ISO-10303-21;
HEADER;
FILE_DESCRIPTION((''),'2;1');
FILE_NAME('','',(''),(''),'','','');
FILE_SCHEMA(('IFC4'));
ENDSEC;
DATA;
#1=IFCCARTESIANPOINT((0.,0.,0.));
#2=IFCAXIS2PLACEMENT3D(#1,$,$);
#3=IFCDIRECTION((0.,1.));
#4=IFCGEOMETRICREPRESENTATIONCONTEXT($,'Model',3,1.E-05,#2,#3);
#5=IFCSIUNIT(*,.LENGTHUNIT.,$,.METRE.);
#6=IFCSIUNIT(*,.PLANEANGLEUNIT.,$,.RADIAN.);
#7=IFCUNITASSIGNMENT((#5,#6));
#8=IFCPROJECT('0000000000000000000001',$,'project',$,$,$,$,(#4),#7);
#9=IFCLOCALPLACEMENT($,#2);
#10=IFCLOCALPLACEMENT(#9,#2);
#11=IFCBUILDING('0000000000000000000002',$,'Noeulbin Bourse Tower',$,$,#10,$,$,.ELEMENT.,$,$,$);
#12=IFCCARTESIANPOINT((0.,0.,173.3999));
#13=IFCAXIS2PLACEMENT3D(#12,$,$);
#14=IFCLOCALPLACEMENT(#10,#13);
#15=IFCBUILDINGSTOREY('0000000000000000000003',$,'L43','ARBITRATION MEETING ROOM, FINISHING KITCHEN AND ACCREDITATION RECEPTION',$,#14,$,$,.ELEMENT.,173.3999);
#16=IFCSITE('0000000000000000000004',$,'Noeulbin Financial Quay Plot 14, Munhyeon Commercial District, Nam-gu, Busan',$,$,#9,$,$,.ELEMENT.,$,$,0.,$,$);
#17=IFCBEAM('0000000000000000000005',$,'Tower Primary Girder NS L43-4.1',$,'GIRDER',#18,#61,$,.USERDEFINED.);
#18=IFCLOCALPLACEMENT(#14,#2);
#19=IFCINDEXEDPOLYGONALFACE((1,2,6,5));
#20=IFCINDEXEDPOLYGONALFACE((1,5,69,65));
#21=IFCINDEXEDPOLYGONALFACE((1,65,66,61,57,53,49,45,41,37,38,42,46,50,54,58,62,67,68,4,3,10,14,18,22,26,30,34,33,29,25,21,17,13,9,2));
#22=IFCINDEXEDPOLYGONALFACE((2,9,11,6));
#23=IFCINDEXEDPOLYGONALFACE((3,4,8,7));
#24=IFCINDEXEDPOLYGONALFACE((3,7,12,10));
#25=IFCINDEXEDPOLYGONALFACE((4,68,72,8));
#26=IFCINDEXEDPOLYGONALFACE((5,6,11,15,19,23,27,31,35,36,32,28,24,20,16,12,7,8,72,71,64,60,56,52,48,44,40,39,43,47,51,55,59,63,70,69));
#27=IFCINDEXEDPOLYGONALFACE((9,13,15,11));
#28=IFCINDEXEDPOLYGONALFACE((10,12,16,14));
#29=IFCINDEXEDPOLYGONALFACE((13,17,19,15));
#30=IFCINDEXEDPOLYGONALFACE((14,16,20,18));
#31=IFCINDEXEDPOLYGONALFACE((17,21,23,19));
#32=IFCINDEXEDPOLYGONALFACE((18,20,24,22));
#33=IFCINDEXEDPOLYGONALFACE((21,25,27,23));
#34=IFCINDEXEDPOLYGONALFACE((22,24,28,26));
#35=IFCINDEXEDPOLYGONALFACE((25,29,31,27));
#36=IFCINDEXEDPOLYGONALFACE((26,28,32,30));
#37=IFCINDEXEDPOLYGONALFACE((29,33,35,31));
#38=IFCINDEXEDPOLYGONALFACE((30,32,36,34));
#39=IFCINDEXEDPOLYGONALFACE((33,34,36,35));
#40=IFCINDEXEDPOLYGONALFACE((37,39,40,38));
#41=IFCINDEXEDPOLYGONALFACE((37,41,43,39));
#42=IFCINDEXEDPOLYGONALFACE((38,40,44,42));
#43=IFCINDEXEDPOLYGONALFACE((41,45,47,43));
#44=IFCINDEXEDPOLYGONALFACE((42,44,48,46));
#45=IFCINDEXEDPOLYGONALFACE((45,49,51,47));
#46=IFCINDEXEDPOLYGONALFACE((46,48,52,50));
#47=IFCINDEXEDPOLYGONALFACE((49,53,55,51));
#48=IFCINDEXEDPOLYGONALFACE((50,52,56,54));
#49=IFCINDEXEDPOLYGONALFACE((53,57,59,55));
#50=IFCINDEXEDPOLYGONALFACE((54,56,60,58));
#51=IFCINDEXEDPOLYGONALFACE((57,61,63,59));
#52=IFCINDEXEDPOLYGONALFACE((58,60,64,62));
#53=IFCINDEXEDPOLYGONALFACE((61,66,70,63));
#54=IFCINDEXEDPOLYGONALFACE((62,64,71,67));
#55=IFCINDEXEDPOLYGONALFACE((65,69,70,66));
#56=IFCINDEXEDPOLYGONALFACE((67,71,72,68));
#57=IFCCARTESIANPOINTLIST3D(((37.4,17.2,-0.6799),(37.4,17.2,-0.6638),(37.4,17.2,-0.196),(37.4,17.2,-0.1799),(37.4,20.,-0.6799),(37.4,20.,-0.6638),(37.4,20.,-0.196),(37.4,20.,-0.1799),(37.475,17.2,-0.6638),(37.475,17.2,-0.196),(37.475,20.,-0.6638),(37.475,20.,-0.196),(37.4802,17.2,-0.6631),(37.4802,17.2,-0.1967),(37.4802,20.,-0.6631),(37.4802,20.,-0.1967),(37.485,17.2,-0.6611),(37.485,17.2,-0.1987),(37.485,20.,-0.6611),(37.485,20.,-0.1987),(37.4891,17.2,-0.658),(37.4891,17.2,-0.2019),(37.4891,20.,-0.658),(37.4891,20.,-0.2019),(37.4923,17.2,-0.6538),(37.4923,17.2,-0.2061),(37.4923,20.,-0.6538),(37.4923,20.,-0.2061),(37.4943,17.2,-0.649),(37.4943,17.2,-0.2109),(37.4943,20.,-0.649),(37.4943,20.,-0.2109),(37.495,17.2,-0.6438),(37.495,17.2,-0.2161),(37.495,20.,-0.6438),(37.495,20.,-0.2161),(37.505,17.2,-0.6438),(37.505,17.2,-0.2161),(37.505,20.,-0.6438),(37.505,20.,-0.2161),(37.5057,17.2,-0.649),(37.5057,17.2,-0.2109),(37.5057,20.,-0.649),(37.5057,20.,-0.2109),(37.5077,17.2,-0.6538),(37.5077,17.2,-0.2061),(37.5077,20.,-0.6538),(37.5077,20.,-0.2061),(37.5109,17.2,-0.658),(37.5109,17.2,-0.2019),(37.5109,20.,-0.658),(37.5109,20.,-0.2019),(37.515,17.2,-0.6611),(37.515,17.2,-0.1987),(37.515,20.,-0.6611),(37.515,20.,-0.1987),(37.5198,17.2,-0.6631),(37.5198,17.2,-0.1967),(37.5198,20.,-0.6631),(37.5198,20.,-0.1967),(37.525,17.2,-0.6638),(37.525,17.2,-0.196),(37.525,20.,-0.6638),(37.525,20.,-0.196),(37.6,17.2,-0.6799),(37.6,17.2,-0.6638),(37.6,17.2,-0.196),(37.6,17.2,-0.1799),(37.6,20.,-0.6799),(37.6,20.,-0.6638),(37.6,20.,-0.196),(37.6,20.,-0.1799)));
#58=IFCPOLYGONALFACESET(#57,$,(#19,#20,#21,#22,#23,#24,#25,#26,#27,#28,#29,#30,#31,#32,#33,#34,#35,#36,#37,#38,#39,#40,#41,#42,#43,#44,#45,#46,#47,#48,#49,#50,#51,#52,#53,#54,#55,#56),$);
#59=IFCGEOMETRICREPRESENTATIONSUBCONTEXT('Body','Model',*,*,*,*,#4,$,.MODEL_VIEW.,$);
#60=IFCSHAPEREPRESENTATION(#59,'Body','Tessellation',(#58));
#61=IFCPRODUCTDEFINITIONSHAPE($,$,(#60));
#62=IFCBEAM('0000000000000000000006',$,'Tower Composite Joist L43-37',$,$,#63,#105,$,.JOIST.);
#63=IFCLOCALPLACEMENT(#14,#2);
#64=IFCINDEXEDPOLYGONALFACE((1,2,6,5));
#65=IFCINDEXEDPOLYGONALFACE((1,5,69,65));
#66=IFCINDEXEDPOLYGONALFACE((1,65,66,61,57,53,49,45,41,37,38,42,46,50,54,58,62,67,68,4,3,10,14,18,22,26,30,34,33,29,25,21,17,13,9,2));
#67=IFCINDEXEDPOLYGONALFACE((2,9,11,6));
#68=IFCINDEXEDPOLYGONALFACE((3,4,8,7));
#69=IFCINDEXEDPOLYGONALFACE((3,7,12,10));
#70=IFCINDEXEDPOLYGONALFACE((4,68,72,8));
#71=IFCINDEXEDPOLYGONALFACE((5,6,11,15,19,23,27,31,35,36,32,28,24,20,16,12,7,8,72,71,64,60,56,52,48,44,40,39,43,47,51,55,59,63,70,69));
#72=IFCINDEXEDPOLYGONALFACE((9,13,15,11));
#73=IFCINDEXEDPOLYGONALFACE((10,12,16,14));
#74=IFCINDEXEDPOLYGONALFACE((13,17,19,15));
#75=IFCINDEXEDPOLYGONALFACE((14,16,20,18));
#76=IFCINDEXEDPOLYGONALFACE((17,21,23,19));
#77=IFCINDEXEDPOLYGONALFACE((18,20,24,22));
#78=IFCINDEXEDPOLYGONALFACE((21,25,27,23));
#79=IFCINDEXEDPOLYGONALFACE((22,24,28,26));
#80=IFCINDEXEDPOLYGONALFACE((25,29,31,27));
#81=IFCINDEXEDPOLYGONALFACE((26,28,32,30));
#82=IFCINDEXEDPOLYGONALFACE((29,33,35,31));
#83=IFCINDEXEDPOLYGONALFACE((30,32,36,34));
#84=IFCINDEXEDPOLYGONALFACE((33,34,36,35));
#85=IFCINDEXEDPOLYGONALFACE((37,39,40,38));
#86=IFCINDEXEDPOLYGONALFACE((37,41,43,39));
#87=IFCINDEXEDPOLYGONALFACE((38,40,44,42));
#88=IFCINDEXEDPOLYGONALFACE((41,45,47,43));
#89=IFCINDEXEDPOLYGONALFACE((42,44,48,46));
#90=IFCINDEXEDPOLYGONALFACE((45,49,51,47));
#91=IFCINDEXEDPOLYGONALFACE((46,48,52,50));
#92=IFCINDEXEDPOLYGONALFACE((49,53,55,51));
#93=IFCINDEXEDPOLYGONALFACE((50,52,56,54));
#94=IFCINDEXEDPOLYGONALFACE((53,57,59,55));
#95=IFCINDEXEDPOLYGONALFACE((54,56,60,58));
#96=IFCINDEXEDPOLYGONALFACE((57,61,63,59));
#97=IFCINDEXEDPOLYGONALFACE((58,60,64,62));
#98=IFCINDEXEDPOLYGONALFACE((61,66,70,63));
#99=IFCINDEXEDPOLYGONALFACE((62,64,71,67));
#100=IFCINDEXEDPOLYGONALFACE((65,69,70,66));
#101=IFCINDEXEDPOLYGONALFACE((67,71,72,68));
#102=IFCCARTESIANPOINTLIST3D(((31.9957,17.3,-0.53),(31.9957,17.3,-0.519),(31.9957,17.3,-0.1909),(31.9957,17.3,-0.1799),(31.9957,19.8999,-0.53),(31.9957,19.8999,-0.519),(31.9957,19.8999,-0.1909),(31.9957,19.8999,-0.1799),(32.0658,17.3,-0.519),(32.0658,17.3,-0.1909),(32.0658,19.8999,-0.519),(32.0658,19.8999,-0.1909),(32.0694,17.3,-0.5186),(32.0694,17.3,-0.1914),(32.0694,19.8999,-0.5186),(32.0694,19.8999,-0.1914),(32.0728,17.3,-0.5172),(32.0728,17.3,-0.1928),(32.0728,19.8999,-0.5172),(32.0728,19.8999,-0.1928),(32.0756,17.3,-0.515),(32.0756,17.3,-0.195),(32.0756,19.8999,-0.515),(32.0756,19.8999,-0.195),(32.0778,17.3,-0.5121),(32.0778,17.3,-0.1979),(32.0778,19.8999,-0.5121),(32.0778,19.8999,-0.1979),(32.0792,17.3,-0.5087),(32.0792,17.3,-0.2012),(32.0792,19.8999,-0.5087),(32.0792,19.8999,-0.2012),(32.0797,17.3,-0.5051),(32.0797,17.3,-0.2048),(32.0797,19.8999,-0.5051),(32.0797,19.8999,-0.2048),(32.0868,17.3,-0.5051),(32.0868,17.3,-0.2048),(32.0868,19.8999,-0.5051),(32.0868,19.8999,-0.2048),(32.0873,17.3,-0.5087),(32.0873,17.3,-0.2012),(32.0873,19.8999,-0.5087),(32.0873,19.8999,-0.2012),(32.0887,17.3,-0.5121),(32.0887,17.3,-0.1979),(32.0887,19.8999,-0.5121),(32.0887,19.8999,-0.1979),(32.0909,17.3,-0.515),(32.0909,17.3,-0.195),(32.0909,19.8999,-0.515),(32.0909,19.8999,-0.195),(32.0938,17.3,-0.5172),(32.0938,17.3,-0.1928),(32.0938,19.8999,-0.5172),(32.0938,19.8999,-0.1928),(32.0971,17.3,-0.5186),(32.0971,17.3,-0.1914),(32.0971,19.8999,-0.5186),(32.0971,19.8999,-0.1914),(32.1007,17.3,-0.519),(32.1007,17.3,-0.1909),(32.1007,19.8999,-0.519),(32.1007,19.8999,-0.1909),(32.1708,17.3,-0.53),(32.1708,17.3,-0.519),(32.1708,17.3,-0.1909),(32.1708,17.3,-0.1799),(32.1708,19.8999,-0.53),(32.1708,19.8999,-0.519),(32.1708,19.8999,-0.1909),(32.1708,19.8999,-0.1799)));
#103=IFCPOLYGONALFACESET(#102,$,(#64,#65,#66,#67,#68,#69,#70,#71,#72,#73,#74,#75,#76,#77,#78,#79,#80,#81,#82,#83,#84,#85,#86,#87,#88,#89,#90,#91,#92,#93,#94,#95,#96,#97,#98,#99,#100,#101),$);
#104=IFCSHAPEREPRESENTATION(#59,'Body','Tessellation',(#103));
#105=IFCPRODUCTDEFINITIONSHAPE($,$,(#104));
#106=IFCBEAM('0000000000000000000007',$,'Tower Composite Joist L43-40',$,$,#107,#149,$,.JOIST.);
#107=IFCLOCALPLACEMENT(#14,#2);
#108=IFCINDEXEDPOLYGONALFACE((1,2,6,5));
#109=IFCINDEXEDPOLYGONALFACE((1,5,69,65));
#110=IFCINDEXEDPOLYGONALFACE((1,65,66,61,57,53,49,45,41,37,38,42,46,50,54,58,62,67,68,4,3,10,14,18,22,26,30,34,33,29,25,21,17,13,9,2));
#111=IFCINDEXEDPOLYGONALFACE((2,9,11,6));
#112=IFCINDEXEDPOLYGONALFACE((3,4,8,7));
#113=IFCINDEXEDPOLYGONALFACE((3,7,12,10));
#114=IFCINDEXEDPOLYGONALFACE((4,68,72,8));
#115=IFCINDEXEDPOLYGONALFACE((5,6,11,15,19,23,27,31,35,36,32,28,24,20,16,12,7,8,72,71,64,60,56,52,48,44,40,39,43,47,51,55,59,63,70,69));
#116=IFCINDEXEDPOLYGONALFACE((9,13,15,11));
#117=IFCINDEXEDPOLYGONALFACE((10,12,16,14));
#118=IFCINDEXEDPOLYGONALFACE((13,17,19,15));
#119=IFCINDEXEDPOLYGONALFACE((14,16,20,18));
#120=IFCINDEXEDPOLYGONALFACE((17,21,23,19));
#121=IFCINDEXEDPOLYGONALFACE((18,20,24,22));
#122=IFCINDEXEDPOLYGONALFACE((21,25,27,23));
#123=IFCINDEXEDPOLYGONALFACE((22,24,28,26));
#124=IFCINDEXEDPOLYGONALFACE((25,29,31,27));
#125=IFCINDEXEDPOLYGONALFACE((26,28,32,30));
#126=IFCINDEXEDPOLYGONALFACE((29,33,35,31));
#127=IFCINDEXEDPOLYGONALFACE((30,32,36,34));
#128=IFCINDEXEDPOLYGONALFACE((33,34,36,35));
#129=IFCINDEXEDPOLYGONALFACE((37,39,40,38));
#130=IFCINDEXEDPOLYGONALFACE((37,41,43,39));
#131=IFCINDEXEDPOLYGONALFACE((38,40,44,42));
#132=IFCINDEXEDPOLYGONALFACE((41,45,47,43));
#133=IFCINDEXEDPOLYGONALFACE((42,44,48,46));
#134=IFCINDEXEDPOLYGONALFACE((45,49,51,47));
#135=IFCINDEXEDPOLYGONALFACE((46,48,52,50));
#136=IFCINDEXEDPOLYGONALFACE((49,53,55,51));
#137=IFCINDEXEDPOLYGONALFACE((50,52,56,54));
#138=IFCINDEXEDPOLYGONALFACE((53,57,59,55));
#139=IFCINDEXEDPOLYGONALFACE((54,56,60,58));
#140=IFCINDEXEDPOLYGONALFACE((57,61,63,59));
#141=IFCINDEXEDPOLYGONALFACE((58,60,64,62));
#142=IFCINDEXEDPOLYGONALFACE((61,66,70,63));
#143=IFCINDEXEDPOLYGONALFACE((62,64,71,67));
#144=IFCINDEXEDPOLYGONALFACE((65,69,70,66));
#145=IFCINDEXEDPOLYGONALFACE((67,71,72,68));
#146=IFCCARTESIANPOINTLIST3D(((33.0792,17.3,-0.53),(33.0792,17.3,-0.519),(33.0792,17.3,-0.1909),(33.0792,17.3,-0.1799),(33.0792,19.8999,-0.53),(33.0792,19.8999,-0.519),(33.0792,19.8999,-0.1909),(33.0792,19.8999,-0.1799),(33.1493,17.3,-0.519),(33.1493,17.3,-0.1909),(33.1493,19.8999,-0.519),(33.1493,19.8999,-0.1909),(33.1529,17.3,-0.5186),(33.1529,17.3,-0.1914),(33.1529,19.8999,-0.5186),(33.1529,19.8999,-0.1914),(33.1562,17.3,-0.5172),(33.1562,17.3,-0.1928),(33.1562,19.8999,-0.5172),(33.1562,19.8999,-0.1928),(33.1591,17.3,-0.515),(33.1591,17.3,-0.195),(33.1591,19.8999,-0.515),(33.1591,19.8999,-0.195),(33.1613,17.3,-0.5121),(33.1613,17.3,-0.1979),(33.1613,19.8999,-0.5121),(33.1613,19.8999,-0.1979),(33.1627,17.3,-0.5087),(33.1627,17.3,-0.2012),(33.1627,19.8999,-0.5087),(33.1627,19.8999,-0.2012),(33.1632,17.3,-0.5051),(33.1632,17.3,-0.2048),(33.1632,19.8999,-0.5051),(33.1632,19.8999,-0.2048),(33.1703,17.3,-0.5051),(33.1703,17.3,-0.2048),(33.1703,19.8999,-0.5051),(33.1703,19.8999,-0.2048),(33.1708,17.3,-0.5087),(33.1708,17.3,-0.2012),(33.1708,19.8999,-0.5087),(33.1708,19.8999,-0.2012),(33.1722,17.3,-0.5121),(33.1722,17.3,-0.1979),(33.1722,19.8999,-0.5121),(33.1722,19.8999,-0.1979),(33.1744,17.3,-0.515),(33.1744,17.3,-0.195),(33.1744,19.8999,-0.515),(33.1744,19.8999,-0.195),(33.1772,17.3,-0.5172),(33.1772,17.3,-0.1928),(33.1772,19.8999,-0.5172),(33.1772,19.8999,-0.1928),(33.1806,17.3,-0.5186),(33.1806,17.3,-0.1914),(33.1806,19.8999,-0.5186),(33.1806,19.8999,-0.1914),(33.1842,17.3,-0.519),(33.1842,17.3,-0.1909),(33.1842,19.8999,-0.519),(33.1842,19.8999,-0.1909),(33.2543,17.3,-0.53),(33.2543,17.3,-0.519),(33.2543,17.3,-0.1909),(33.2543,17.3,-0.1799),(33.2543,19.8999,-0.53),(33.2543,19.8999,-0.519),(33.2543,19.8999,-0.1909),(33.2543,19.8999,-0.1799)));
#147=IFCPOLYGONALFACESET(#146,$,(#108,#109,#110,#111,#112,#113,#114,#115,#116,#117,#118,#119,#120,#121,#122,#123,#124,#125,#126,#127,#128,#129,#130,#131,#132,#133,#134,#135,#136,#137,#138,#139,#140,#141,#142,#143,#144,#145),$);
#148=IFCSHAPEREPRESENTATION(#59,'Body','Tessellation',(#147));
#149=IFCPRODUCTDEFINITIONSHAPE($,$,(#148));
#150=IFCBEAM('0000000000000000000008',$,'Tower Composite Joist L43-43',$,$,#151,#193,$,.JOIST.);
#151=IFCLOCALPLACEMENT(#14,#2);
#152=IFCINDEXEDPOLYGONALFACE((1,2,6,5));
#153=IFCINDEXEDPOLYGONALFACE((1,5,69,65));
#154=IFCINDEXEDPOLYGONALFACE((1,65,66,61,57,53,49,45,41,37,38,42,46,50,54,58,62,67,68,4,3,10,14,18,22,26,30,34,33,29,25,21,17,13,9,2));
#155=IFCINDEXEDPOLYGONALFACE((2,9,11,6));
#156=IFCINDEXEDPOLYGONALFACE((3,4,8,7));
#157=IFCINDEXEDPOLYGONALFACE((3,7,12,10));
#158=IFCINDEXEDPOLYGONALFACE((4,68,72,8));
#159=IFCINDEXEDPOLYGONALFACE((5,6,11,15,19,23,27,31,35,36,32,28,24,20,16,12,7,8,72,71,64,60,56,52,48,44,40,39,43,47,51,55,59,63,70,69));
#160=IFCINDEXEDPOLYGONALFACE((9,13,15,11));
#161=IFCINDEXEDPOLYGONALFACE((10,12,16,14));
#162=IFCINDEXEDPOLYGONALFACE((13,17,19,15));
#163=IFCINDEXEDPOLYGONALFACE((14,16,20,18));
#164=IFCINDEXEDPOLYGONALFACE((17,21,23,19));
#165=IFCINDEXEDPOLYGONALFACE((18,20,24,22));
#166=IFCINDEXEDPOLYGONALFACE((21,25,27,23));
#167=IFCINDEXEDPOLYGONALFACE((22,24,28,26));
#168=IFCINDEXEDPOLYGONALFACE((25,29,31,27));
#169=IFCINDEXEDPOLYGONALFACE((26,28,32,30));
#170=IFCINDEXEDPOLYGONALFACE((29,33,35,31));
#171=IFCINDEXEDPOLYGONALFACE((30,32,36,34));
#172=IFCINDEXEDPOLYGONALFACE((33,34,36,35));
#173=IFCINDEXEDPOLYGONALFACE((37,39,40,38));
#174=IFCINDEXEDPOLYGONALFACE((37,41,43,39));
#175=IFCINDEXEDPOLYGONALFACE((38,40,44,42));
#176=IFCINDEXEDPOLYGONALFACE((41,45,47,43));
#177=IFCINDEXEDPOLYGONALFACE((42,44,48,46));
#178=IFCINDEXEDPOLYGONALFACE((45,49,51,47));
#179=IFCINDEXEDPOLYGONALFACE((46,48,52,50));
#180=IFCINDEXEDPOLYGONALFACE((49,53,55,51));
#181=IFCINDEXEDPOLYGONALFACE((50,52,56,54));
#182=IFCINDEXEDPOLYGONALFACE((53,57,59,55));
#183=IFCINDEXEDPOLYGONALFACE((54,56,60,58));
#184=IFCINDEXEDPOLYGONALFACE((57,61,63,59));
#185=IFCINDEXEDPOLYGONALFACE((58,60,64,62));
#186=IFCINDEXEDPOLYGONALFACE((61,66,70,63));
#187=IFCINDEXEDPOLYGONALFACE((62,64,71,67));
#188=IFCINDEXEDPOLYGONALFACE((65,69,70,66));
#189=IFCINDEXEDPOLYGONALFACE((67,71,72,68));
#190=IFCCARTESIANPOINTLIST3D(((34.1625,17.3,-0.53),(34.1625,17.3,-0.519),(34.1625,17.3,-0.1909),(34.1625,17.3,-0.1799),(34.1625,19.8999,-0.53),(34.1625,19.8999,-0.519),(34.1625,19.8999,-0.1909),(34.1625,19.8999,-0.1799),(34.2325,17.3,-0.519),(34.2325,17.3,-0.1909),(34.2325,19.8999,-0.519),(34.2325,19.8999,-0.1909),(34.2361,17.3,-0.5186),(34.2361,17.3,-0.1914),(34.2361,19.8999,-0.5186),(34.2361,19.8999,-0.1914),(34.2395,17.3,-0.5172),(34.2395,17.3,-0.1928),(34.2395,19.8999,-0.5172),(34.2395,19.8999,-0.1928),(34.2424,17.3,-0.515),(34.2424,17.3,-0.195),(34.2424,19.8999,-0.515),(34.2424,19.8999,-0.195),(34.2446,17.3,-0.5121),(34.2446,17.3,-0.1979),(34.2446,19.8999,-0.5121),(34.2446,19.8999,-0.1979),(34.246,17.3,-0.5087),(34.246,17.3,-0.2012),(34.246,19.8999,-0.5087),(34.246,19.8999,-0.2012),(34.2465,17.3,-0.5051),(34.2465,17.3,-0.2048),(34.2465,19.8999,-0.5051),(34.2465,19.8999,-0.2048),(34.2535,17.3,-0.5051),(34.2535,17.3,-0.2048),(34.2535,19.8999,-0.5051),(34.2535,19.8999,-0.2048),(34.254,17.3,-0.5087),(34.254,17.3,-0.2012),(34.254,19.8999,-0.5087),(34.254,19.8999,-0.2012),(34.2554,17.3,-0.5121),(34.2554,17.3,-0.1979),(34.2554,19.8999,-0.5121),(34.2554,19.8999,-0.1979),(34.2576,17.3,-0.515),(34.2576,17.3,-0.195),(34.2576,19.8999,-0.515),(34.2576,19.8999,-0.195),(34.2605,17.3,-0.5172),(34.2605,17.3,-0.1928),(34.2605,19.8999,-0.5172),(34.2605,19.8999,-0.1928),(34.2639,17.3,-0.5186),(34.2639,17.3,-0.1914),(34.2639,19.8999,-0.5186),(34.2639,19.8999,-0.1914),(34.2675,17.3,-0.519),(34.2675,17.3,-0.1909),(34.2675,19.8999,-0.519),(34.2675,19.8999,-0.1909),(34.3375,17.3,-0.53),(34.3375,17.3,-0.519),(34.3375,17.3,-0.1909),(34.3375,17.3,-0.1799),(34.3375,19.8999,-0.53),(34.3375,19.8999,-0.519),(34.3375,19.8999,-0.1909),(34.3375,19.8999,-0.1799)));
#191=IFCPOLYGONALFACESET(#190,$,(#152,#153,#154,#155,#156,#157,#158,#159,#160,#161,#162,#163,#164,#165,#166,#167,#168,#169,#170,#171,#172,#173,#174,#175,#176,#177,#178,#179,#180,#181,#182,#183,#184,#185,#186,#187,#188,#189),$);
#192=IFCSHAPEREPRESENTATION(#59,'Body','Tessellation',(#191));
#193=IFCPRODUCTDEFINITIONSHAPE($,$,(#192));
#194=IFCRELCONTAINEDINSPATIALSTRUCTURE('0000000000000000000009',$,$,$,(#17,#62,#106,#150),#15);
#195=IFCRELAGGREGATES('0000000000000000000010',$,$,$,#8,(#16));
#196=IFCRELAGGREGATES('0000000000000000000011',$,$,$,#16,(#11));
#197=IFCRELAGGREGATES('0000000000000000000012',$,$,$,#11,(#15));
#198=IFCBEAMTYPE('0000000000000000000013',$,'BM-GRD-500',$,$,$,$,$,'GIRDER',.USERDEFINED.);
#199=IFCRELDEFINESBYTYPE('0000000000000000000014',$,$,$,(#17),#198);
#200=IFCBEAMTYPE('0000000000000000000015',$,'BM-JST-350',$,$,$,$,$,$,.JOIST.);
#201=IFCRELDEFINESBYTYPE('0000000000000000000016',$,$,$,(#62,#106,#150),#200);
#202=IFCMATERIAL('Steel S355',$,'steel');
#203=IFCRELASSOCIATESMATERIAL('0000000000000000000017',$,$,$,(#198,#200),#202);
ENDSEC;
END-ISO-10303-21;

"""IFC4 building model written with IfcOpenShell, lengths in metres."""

from ifc_helpers import new_model, si_unit, direction, frame, origin, origin_2d, place, context, subcontext, project, spatial, i_section, extrude, material, material_profile, profile_set, type_object, element, save


model = new_model("IFC4")

# Units and contexts
model_context = context("Model", 3, precision=1e-05, world=origin(), true_north=direction((0.0, 1.0)))
body_context = subcontext(model_context, "Body", "Model", "MODEL_VIEW")
ifc_project = project(units=[si_unit("LENGTHUNIT", "METRE"), si_unit("PLANEANGLEUNIT", "RADIAN")], contexts=[model_context])

# Site, building, storey
site_placement = place(None, origin())
site = spatial("IfcSite", under=ifc_project, at=site_placement, Name="Noeulbin Financial Quay Plot 14, Munhyeon Commercial District, Nam-gu, Busan", CompositionType="ELEMENT", RefElevation=0.0)
building_placement = place(site_placement, origin())
building = spatial("IfcBuilding", under=site, at=building_placement, Name="Noeulbin Bourse Tower", CompositionType="ELEMENT")
storey_placement = place(building_placement, frame((0.0, 0.0, 173.3999)))
storey = spatial("IfcBuildingStorey", under=building, at=storey_placement, Name="L43", Description="ARBITRATION MEETING ROOM, FINISHING KITCHEN AND ACCREDITATION RECEPTION", CompositionType="ELEMENT", Elevation=173.3999)

# Shared definitions
ifc_material_1 = material(Name="Steel S355", Category="steel")

# Beams
ifc_material_profile_1 = material_profile(ifc_material_1, i_section(OverallWidth=0.2, OverallDepth=0.5, WebThickness=0.01, FlangeThickness=0.0161, FilletRadius=0.02, at=origin_2d()), Name="H-500x200x10x16", Category="LoadBearing")
ifc_profile_set_1 = profile_set([ifc_material_profile_1], Name="Steel S355")
beam_type_1 = type_object("IfcBeamType", Name="BM-GRD-500", ElementType="GIRDER", PredefinedType="USERDEFINED", material=ifc_profile_set_1)
for number, where, z_axis, x_axis, name in (
    (1, (37.5, 17.2, -0.4299), (0.0, 1.0, 0.0), (-1.0, 0.0, 0.0), "Tower Primary Girder NS L43-4.1"),
):
    element("IfcBeam", number, at=place(storey_placement, frame(where, z_axis=z_axis, x_axis=x_axis)), inside=storey, type_object=beam_type_1, Name=name, ObjectType="GIRDER", PredefinedType="USERDEFINED", context=body_context, shape_type="SweptSolid", body=[
        extrude(i_section(OverallWidth=0.2, OverallDepth=0.5, WebThickness=0.01, FlangeThickness=0.0161, FilletRadius=0.02, at=origin_2d()), origin(), (0.0, 0.0, 1.0), 2.8),
    ])
ifc_material_profile_2 = material_profile(ifc_material_1, i_section(OverallWidth=0.175, OverallDepth=0.3501, WebThickness=0.0071, FlangeThickness=0.011, FilletRadius=0.0139, at=origin_2d()), Name="H-350x175x7x11", Category="LoadBearing")
ifc_profile_set_2 = profile_set([ifc_material_profile_2], Name="Steel S355")
beam_type_2 = type_object("IfcBeamType", Name="BM-JST-350", PredefinedType="JOIST", material=ifc_profile_set_2)
for number, where, z_axis, x_axis, name in (
    (2, (32.0833, 17.3, -0.355), (0.0, 1.0, 0.0), (-1.0, 0.0, 0.0), "Tower Composite Joist L43-37"),
    (3, (33.1667, 17.3, -0.355), (0.0, 1.0, 0.0), (-1.0, 0.0, 0.0), "Tower Composite Joist L43-40"),
    (4, (34.25, 17.3, -0.355), (0.0, 1.0, 0.0), (-1.0, 0.0, 0.0), "Tower Composite Joist L43-43"),
):
    element("IfcBeam", number, at=place(storey_placement, frame(where, z_axis=z_axis, x_axis=x_axis)), inside=storey, type_object=beam_type_2, Name=name, PredefinedType="JOIST", context=body_context, shape_type="SweptSolid", body=[
        extrude(i_section(OverallWidth=0.175, OverallDepth=0.3501, WebThickness=0.0071, FlangeThickness=0.011, FilletRadius=0.0139, at=origin_2d()), origin(), (0.0, 0.0, 1.0), 2.5999),
    ])

save(model, "model.ifc")
